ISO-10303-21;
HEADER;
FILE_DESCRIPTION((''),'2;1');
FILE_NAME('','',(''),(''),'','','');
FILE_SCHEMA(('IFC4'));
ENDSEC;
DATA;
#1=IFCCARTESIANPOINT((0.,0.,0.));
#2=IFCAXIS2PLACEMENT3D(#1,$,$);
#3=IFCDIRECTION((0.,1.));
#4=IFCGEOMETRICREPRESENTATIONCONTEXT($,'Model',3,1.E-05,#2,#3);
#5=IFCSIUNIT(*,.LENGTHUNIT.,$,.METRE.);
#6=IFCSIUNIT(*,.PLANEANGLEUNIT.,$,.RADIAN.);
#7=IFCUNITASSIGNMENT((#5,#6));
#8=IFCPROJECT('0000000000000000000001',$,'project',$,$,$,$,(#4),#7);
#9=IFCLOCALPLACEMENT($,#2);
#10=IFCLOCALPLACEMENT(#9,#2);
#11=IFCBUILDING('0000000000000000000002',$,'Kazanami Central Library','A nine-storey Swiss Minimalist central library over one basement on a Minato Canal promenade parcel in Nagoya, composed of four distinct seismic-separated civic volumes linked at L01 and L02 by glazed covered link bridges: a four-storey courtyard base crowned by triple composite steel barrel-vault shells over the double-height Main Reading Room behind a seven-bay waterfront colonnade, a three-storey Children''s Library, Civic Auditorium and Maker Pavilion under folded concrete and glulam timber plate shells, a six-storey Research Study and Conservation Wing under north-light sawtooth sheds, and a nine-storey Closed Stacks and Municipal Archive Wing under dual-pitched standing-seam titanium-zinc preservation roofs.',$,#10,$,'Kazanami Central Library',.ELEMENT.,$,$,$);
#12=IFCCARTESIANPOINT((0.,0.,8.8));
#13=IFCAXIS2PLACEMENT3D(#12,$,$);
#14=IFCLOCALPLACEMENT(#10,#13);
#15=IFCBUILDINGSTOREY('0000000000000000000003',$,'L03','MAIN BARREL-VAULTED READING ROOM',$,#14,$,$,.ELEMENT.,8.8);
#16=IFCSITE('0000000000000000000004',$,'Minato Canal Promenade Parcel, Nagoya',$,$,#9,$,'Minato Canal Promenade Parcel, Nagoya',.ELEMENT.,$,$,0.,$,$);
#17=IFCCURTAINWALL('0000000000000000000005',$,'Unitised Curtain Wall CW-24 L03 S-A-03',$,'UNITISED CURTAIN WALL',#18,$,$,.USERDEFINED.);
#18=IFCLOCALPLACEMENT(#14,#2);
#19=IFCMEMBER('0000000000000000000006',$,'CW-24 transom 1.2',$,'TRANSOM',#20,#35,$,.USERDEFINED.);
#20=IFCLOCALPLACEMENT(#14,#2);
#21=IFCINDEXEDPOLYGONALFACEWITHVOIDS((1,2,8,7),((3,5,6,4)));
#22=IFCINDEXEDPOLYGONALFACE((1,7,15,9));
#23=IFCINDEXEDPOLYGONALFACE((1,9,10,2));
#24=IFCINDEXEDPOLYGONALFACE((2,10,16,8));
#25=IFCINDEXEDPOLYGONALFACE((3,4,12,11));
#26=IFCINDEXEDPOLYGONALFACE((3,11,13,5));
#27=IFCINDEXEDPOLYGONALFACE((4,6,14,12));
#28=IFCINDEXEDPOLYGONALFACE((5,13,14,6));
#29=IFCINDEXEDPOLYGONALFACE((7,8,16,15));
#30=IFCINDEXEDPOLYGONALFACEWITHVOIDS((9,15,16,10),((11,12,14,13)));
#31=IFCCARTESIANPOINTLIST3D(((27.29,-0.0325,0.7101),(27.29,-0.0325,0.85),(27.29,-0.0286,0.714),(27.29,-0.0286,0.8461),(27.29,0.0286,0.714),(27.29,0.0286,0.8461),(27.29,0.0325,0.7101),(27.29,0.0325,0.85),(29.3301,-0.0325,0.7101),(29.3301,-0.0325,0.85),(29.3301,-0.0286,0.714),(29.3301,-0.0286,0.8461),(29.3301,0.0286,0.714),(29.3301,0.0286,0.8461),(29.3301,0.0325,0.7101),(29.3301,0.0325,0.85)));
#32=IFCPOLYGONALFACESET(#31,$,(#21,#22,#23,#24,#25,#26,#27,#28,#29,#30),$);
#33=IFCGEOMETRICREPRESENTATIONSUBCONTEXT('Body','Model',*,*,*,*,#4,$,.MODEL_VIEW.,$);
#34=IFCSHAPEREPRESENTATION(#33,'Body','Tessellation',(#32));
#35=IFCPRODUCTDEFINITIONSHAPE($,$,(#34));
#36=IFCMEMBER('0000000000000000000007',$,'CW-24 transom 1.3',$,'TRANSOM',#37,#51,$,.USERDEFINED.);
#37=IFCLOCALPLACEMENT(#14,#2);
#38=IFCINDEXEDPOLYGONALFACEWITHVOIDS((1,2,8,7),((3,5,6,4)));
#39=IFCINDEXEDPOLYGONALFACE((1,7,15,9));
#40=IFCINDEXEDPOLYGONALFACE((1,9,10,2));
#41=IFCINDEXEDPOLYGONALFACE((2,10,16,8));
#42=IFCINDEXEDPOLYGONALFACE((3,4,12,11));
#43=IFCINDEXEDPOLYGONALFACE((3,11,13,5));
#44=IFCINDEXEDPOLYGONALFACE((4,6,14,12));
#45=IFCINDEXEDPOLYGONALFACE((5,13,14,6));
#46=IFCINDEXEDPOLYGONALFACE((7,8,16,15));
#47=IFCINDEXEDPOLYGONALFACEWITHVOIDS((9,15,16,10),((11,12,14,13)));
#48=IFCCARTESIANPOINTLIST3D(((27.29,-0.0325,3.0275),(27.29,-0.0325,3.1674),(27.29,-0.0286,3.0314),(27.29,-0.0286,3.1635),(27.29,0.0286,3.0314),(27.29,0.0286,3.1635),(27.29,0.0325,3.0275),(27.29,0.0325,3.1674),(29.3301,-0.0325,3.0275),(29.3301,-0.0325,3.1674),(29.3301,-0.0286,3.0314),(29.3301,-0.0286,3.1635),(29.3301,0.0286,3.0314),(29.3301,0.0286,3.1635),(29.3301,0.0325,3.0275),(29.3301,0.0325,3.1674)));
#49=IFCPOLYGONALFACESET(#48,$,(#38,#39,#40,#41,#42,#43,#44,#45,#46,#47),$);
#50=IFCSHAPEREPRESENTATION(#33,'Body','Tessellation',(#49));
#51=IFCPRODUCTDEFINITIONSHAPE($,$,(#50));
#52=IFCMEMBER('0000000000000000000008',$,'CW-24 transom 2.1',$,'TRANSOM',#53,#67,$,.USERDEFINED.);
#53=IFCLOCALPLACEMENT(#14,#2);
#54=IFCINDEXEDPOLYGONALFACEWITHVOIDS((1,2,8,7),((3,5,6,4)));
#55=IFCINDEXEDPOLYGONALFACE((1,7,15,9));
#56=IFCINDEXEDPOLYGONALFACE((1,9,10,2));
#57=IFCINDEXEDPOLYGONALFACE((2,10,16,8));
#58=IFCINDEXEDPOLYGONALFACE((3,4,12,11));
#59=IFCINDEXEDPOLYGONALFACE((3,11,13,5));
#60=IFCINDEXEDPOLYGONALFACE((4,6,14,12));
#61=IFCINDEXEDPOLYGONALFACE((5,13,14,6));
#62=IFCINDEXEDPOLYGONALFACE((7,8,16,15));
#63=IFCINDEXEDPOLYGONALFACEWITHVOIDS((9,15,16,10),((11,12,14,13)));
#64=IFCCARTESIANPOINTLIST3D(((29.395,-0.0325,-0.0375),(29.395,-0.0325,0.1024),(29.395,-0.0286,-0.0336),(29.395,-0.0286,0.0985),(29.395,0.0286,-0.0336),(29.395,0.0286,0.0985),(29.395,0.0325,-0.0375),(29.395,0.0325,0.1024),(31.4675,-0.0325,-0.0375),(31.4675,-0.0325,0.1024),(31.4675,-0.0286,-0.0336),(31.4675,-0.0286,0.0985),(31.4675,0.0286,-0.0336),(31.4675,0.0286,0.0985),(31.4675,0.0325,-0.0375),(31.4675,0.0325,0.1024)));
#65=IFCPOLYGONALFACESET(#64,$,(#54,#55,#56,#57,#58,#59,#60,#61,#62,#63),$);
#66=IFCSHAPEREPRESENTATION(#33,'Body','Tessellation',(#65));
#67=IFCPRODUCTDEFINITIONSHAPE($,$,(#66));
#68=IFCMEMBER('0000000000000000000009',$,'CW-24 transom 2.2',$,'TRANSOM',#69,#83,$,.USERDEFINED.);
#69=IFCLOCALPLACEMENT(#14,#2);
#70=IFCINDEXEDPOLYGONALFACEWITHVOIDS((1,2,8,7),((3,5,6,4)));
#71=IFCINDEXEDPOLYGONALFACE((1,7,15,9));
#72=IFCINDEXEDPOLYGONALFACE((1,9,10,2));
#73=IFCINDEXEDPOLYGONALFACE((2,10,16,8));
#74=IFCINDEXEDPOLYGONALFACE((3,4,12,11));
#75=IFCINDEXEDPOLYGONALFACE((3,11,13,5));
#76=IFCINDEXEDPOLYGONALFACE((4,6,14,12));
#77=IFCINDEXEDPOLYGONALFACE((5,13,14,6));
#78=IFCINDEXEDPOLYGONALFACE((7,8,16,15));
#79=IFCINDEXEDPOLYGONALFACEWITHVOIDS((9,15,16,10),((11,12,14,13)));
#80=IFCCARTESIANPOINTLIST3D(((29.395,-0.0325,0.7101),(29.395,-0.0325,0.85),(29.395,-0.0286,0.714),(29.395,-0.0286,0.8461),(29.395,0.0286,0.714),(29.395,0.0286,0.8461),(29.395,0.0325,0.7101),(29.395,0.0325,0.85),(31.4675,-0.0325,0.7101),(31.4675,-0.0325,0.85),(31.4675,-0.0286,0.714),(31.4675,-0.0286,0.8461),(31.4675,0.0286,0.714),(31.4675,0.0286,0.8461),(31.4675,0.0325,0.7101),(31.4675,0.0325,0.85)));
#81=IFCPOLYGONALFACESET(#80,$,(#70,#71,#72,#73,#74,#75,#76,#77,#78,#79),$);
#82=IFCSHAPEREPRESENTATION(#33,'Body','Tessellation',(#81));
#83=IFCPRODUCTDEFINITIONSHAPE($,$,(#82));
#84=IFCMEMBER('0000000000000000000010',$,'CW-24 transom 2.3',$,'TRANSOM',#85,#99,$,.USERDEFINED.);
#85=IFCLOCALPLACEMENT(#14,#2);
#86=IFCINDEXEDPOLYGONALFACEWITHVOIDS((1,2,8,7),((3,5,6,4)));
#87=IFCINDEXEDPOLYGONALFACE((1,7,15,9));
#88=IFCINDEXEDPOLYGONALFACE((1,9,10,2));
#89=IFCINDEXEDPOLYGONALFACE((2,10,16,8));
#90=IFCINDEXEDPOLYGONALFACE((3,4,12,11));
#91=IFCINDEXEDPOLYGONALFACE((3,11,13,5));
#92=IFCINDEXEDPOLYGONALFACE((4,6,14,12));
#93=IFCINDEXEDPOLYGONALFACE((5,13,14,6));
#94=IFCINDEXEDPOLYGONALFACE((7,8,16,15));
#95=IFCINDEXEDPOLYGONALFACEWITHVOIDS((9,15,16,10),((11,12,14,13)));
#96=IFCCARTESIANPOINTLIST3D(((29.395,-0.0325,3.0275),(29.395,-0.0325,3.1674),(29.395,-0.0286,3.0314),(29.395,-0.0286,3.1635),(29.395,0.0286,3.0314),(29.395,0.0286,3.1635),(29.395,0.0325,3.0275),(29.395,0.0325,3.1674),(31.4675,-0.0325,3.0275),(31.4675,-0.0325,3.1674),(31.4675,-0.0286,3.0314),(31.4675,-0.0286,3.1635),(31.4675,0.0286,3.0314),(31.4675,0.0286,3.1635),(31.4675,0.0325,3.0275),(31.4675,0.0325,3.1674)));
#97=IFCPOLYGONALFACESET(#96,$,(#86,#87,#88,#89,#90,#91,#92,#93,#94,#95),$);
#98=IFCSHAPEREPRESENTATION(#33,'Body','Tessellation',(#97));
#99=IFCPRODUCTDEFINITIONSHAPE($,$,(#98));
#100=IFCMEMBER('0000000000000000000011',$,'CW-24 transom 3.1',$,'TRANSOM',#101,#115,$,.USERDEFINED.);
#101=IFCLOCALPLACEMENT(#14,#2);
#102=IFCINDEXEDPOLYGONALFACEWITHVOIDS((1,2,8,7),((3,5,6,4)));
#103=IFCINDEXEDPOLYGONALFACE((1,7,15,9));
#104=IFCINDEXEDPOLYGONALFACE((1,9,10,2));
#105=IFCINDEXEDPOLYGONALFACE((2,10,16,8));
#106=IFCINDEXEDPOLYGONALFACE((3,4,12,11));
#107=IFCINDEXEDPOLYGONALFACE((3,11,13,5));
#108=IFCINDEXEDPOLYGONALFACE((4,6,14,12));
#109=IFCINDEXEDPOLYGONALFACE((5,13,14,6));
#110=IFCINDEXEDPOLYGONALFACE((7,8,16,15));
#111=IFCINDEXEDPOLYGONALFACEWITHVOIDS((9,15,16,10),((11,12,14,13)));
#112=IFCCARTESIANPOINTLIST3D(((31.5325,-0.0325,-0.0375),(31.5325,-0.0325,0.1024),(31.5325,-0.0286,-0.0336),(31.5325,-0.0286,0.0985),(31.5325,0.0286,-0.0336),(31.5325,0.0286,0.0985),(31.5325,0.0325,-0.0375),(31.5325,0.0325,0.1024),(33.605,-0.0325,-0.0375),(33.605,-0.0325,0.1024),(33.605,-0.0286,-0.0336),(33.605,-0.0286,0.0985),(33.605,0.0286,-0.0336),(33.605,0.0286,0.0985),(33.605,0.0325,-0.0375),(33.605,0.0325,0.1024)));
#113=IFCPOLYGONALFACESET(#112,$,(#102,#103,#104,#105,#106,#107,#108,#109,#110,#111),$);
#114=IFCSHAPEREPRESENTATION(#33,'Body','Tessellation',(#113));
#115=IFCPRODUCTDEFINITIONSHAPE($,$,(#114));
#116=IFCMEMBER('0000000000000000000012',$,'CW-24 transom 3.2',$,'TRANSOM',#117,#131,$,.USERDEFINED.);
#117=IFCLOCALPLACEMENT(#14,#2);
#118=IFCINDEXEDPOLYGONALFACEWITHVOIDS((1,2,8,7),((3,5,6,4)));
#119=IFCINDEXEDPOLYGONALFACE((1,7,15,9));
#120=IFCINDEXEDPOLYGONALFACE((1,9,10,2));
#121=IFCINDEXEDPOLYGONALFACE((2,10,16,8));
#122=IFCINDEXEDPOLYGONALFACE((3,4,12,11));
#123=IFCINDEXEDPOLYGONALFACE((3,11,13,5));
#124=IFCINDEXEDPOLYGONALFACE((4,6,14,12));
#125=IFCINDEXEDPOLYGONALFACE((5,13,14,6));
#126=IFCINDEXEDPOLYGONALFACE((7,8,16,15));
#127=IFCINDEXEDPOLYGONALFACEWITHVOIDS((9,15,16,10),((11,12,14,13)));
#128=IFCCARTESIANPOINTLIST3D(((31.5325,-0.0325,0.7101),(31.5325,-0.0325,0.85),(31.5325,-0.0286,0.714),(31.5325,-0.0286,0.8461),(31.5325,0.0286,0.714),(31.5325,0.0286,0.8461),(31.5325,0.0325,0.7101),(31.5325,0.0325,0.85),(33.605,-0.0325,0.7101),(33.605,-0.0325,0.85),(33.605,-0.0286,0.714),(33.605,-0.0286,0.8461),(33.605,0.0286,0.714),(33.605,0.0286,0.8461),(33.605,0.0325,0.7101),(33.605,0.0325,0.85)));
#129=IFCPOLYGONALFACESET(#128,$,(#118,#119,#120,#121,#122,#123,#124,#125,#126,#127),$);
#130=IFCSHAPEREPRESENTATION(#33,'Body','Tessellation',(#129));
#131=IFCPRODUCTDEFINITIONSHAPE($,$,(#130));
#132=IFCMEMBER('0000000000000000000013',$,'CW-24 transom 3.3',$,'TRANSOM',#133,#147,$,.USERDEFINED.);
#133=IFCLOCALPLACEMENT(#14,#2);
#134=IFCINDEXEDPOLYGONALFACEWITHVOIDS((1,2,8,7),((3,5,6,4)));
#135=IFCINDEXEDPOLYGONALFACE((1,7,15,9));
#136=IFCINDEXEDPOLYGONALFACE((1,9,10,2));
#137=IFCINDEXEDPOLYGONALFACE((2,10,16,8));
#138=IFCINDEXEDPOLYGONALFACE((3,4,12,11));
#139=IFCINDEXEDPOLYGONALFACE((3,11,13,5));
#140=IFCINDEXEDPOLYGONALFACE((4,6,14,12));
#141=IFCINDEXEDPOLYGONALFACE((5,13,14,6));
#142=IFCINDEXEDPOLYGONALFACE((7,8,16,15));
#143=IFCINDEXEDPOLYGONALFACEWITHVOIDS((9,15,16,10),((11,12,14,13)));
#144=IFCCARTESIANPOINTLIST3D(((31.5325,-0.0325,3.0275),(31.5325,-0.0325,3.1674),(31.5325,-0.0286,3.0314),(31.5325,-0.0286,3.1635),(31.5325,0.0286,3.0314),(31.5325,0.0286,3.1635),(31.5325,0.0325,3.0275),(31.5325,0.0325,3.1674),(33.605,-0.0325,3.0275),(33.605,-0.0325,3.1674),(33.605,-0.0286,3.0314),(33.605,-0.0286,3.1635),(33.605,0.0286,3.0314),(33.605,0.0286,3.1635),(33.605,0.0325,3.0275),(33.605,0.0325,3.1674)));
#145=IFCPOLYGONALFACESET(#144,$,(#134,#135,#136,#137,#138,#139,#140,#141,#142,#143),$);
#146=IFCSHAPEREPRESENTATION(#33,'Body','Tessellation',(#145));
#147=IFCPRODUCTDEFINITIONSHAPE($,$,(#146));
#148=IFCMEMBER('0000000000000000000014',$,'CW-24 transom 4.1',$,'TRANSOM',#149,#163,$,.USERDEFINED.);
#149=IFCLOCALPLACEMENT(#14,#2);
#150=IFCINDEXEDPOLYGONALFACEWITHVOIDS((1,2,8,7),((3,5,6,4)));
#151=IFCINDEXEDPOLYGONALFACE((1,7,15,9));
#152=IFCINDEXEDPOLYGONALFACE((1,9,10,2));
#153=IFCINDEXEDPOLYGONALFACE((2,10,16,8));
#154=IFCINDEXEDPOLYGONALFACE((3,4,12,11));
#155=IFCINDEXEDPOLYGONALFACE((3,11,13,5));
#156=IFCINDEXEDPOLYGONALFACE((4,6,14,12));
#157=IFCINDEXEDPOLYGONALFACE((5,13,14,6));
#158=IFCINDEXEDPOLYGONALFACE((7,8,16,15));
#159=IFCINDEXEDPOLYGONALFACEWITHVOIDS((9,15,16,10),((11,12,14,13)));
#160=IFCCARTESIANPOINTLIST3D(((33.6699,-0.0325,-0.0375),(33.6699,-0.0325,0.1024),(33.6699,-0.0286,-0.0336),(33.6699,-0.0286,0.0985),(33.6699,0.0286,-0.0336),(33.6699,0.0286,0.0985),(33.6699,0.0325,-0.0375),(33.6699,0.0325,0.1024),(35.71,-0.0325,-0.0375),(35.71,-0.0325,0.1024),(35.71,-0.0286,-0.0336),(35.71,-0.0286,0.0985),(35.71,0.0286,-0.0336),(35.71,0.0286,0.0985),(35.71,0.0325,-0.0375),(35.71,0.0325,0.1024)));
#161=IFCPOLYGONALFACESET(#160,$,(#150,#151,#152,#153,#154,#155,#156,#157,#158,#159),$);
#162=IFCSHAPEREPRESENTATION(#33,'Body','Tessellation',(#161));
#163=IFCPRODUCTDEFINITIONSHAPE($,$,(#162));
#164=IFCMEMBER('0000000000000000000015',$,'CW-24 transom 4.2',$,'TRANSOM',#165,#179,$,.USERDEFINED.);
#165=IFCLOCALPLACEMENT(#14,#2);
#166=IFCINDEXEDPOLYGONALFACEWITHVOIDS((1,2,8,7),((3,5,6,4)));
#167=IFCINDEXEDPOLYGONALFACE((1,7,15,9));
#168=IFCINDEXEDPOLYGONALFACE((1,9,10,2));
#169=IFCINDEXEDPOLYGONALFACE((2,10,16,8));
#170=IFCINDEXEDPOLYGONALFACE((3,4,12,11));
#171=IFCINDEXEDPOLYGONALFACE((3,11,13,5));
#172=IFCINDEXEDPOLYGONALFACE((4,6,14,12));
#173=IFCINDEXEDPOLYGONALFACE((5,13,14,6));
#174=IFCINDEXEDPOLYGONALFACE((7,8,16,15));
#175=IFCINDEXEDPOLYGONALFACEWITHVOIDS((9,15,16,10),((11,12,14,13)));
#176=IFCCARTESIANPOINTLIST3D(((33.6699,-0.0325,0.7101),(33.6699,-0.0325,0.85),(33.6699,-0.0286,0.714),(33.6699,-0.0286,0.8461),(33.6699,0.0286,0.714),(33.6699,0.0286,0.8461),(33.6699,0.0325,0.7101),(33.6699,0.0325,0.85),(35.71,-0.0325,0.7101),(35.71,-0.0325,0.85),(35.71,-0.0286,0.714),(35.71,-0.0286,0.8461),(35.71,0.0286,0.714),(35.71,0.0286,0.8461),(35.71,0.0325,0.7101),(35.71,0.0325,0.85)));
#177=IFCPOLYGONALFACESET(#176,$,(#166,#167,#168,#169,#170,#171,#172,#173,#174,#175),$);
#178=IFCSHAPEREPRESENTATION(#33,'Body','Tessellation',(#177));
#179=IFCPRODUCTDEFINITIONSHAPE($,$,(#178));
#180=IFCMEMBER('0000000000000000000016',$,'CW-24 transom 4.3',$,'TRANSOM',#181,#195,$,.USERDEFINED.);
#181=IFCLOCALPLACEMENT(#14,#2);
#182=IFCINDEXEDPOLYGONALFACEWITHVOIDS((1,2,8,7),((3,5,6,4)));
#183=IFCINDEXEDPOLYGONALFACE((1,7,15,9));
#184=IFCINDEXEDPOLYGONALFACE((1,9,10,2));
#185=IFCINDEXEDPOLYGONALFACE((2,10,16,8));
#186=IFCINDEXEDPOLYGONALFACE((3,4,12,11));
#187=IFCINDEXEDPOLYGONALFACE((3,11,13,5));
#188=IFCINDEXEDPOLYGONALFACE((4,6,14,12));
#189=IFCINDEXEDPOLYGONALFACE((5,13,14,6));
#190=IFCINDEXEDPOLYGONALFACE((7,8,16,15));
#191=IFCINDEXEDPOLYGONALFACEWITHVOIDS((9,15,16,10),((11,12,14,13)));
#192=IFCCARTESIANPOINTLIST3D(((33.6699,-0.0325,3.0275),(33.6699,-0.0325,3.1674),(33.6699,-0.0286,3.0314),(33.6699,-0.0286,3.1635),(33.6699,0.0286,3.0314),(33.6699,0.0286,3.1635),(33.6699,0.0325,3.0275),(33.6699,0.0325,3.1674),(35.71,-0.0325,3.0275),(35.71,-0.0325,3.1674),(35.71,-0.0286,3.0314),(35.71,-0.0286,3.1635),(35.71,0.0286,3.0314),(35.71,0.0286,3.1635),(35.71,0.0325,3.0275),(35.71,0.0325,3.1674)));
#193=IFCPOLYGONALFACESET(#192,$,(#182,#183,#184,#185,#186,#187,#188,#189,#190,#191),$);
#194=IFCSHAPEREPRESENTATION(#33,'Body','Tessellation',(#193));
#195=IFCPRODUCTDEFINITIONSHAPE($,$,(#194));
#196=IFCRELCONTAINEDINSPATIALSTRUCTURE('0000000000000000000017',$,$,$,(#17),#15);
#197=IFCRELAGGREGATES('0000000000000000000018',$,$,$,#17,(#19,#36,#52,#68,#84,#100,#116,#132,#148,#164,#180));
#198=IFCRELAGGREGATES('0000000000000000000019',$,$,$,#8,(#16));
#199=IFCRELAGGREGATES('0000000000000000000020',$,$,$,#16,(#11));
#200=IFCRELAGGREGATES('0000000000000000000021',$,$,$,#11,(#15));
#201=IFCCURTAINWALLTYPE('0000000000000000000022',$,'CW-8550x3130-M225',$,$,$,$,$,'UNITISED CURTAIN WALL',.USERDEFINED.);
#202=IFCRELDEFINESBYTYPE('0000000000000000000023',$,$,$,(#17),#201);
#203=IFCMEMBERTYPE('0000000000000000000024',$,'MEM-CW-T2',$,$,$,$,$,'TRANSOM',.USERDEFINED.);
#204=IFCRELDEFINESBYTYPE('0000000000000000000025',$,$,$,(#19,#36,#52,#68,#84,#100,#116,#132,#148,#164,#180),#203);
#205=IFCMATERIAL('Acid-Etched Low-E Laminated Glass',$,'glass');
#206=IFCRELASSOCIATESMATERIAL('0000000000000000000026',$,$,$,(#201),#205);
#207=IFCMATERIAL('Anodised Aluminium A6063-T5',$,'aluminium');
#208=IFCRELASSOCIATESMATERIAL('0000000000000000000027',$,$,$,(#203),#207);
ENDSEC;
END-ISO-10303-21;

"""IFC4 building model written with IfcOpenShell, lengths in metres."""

from ifc_helpers import new_model, si_unit, direction, frame, origin, origin_2d, place, context, subcontext, project, spatial, hollow_rectangle, extrude, material, material_profile, profile_set, type_object, element, aggregate, save


model = new_model("IFC4")

# Units and contexts
model_context = context("Model", 3, precision=1e-05, world=origin(), true_north=direction((0.0, 1.0)))
body_context = subcontext(model_context, "Body", "Model", "MODEL_VIEW")
ifc_project = project(units=[si_unit("LENGTHUNIT", "METRE"), si_unit("PLANEANGLEUNIT", "RADIAN")], contexts=[model_context])

# Site, building, storey
site_placement = place(None, origin())
site = spatial("IfcSite", under=ifc_project, at=site_placement, Name="Minato Canal Promenade Parcel, Nagoya", LongName="Minato Canal Promenade Parcel, Nagoya", CompositionType="ELEMENT", RefElevation=0.0)
building_placement = place(site_placement, origin())
building = spatial("IfcBuilding", under=site, at=building_placement, Name="Kazanami Central Library", Description="A nine-storey Swiss Minimalist central library over one basement on a Minato Canal promenade parcel in Nagoya, composed of four distinct seismic-separated civic volumes linked at L01 and L02 by glazed covered link bridges: a four-storey courtyard base crowned by triple composite steel barrel-vault shells over the double-height Main Reading Room behind a seven-bay waterfront colonnade, a three-storey Children's Library, Civic Auditorium and Maker Pavilion under folded concrete and glulam timber plate shells, a six-storey Research Study and Conservation Wing under north-light sawtooth sheds, and a nine-storey Closed Stacks and Municipal Archive Wing under dual-pitched standing-seam titanium-zinc preservation roofs.", LongName="Kazanami Central Library", CompositionType="ELEMENT")
storey_placement = place(building_placement, frame((0.0, 0.0, 8.8)))
storey = spatial("IfcBuildingStorey", under=building, at=storey_placement, Name="L03", Description="MAIN BARREL-VAULTED READING ROOM", CompositionType="ELEMENT", Elevation=8.8)

# Curtain wall
ifc_material_1 = material(Name="Acid-Etched Low-E Laminated Glass", Category="glass")
curtain_wall_type_1 = type_object("IfcCurtainWallType", Name="CW-8550x3130-M225", ElementType="UNITISED CURTAIN WALL", PredefinedType="USERDEFINED", material=ifc_material_1)
curtain_wall_1_placement = place(storey_placement, origin())
curtain_wall_1 = element("IfcCurtainWall", 1, at=curtain_wall_1_placement, inside=storey, type_object=curtain_wall_type_1, Name="Unitised Curtain Wall CW-24 L03 S-A-03", ObjectType="UNITISED CURTAIN WALL", PredefinedType="USERDEFINED")
ifc_material_2 = material(Name="Anodised Aluminium A6063-T5", Category="aluminium")

# Members
ifc_material_profile_1 = material_profile(ifc_material_2, hollow_rectangle(XDim=0.0649, YDim=0.1399, WallThickness=0.0039, at=origin_2d()), Name="ALU-TRAN-65x140x4")
ifc_profile_set_1 = profile_set([ifc_material_profile_1], Name="Anodised Aluminium A6063-T5")
member_type_1 = type_object("IfcMemberType", Name="MEM-CW-T2", ElementType="TRANSOM", PredefinedType="USERDEFINED", material=ifc_profile_set_1)
member_1_placement = place(storey_placement, frame((27.29, 0.0, 0.78), z_axis=(1.0, 0.0, 0.0), x_axis=(0.0, 1.0, 0.0)))
member_1 = element("IfcMember", 2, at=member_1_placement, type_object=member_type_1, Name="CW-24 transom 1.2", ObjectType="TRANSOM", PredefinedType="USERDEFINED", context=body_context, shape_type="SweptSolid", body=[
    extrude(hollow_rectangle(XDim=0.0649, YDim=0.1399, WallThickness=0.0039, at=origin_2d()), origin(), (0.0, 0.0, 1.0), 2.04),
])
member_2_placement = place(storey_placement, frame((27.29, 0.0, 3.0974), z_axis=(1.0, 0.0, 0.0), x_axis=(0.0, 1.0, 0.0)))
member_2 = element("IfcMember", 3, at=member_2_placement, type_object=member_type_1, Name="CW-24 transom 1.3", ObjectType="TRANSOM", PredefinedType="USERDEFINED", context=body_context, shape_type="SweptSolid", body=[
    extrude(hollow_rectangle(XDim=0.0649, YDim=0.1399, WallThickness=0.0039, at=origin_2d()), origin(), (0.0, 0.0, 1.0), 2.04),
])
member_3_placement = place(storey_placement, frame((29.395, 0.0, 0.0325), z_axis=(1.0, 0.0, 0.0), x_axis=(0.0, 1.0, 0.0)))
member_3 = element("IfcMember", 4, at=member_3_placement, type_object=member_type_1, Name="CW-24 transom 2.1", ObjectType="TRANSOM", PredefinedType="USERDEFINED", context=body_context, shape_type="SweptSolid", body=[
    extrude(hollow_rectangle(XDim=0.0649, YDim=0.1399, WallThickness=0.0039, at=origin_2d()), origin(), (0.0, 0.0, 1.0), 2.0725),
])
member_4_placement = place(storey_placement, frame((29.395, 0.0, 0.78), z_axis=(1.0, 0.0, 0.0), x_axis=(0.0, 1.0, 0.0)))
member_4 = element("IfcMember", 5, at=member_4_placement, type_object=member_type_1, Name="CW-24 transom 2.2", ObjectType="TRANSOM", PredefinedType="USERDEFINED", context=body_context, shape_type="SweptSolid", body=[
    extrude(hollow_rectangle(XDim=0.0649, YDim=0.1399, WallThickness=0.0039, at=origin_2d()), origin(), (0.0, 0.0, 1.0), 2.0725),
])
member_5_placement = place(storey_placement, frame((29.395, 0.0, 3.0974), z_axis=(1.0, 0.0, 0.0), x_axis=(0.0, 1.0, 0.0)))
member_5 = element("IfcMember", 6, at=member_5_placement, type_object=member_type_1, Name="CW-24 transom 2.3", ObjectType="TRANSOM", PredefinedType="USERDEFINED", context=body_context, shape_type="SweptSolid", body=[
    extrude(hollow_rectangle(XDim=0.0649, YDim=0.1399, WallThickness=0.0039, at=origin_2d()), origin(), (0.0, 0.0, 1.0), 2.0725),
])
member_6_placement = place(storey_placement, frame((31.5325, 0.0, 0.0325), z_axis=(1.0, 0.0, 0.0), x_axis=(0.0, 1.0, 0.0)))
member_6 = element("IfcMember", 7, at=member_6_placement, type_object=member_type_1, Name="CW-24 transom 3.1", ObjectType="TRANSOM", PredefinedType="USERDEFINED", context=body_context, shape_type="SweptSolid", body=[
    extrude(hollow_rectangle(XDim=0.0649, YDim=0.1399, WallThickness=0.0039, at=origin_2d()), origin(), (0.0, 0.0, 1.0), 2.0725),
])
member_7_placement = place(storey_placement, frame((31.5325, 0.0, 0.78), z_axis=(1.0, 0.0, 0.0), x_axis=(0.0, 1.0, 0.0)))
member_7 = element("IfcMember", 8, at=member_7_placement, type_object=member_type_1, Name="CW-24 transom 3.2", ObjectType="TRANSOM", PredefinedType="USERDEFINED", context=body_context, shape_type="SweptSolid", body=[
    extrude(hollow_rectangle(XDim=0.0649, YDim=0.1399, WallThickness=0.0039, at=origin_2d()), origin(), (0.0, 0.0, 1.0), 2.0725),
])
member_8_placement = place(storey_placement, frame((31.5325, 0.0, 3.0974), z_axis=(1.0, 0.0, 0.0), x_axis=(0.0, 1.0, 0.0)))
member_8 = element("IfcMember", 9, at=member_8_placement, type_object=member_type_1, Name="CW-24 transom 3.3", ObjectType="TRANSOM", PredefinedType="USERDEFINED", context=body_context, shape_type="SweptSolid", body=[
    extrude(hollow_rectangle(XDim=0.0649, YDim=0.1399, WallThickness=0.0039, at=origin_2d()), origin(), (0.0, 0.0, 1.0), 2.0725),
])
member_9_placement = place(storey_placement, frame((33.6699, 0.0, 0.0325), z_axis=(1.0, 0.0, 0.0), x_axis=(0.0, 1.0, 0.0)))
member_9 = element("IfcMember", 10, at=member_9_placement, type_object=member_type_1, Name="CW-24 transom 4.1", ObjectType="TRANSOM", PredefinedType="USERDEFINED", context=body_context, shape_type="SweptSolid", body=[
    extrude(hollow_rectangle(XDim=0.0649, YDim=0.1399, WallThickness=0.0039, at=origin_2d()), origin(), (0.0, 0.0, 1.0), 2.04),
])
member_10_placement = place(storey_placement, frame((33.6699, 0.0, 0.78), z_axis=(1.0, 0.0, 0.0), x_axis=(0.0, 1.0, 0.0)))
member_10 = element("IfcMember", 11, at=member_10_placement, type_object=member_type_1, Name="CW-24 transom 4.2", ObjectType="TRANSOM", PredefinedType="USERDEFINED", context=body_context, shape_type="SweptSolid", body=[
    extrude(hollow_rectangle(XDim=0.0649, YDim=0.1399, WallThickness=0.0039, at=origin_2d()), origin(), (0.0, 0.0, 1.0), 2.04),
])
member_11_placement = place(storey_placement, frame((33.6699, 0.0, 3.0974), z_axis=(1.0, 0.0, 0.0), x_axis=(0.0, 1.0, 0.0)))
member_11 = element("IfcMember", 12, at=member_11_placement, type_object=member_type_1, Name="CW-24 transom 4.3", ObjectType="TRANSOM", PredefinedType="USERDEFINED", context=body_context, shape_type="SweptSolid", body=[
    extrude(hollow_rectangle(XDim=0.0649, YDim=0.1399, WallThickness=0.0039, at=origin_2d()), origin(), (0.0, 0.0, 1.0), 2.04),
])

aggregate(curtain_wall_1, [member_1, member_2, member_3, member_4, member_5, member_6, member_7, member_8, member_9, member_10, member_11])

save(model, "model.ifc")
